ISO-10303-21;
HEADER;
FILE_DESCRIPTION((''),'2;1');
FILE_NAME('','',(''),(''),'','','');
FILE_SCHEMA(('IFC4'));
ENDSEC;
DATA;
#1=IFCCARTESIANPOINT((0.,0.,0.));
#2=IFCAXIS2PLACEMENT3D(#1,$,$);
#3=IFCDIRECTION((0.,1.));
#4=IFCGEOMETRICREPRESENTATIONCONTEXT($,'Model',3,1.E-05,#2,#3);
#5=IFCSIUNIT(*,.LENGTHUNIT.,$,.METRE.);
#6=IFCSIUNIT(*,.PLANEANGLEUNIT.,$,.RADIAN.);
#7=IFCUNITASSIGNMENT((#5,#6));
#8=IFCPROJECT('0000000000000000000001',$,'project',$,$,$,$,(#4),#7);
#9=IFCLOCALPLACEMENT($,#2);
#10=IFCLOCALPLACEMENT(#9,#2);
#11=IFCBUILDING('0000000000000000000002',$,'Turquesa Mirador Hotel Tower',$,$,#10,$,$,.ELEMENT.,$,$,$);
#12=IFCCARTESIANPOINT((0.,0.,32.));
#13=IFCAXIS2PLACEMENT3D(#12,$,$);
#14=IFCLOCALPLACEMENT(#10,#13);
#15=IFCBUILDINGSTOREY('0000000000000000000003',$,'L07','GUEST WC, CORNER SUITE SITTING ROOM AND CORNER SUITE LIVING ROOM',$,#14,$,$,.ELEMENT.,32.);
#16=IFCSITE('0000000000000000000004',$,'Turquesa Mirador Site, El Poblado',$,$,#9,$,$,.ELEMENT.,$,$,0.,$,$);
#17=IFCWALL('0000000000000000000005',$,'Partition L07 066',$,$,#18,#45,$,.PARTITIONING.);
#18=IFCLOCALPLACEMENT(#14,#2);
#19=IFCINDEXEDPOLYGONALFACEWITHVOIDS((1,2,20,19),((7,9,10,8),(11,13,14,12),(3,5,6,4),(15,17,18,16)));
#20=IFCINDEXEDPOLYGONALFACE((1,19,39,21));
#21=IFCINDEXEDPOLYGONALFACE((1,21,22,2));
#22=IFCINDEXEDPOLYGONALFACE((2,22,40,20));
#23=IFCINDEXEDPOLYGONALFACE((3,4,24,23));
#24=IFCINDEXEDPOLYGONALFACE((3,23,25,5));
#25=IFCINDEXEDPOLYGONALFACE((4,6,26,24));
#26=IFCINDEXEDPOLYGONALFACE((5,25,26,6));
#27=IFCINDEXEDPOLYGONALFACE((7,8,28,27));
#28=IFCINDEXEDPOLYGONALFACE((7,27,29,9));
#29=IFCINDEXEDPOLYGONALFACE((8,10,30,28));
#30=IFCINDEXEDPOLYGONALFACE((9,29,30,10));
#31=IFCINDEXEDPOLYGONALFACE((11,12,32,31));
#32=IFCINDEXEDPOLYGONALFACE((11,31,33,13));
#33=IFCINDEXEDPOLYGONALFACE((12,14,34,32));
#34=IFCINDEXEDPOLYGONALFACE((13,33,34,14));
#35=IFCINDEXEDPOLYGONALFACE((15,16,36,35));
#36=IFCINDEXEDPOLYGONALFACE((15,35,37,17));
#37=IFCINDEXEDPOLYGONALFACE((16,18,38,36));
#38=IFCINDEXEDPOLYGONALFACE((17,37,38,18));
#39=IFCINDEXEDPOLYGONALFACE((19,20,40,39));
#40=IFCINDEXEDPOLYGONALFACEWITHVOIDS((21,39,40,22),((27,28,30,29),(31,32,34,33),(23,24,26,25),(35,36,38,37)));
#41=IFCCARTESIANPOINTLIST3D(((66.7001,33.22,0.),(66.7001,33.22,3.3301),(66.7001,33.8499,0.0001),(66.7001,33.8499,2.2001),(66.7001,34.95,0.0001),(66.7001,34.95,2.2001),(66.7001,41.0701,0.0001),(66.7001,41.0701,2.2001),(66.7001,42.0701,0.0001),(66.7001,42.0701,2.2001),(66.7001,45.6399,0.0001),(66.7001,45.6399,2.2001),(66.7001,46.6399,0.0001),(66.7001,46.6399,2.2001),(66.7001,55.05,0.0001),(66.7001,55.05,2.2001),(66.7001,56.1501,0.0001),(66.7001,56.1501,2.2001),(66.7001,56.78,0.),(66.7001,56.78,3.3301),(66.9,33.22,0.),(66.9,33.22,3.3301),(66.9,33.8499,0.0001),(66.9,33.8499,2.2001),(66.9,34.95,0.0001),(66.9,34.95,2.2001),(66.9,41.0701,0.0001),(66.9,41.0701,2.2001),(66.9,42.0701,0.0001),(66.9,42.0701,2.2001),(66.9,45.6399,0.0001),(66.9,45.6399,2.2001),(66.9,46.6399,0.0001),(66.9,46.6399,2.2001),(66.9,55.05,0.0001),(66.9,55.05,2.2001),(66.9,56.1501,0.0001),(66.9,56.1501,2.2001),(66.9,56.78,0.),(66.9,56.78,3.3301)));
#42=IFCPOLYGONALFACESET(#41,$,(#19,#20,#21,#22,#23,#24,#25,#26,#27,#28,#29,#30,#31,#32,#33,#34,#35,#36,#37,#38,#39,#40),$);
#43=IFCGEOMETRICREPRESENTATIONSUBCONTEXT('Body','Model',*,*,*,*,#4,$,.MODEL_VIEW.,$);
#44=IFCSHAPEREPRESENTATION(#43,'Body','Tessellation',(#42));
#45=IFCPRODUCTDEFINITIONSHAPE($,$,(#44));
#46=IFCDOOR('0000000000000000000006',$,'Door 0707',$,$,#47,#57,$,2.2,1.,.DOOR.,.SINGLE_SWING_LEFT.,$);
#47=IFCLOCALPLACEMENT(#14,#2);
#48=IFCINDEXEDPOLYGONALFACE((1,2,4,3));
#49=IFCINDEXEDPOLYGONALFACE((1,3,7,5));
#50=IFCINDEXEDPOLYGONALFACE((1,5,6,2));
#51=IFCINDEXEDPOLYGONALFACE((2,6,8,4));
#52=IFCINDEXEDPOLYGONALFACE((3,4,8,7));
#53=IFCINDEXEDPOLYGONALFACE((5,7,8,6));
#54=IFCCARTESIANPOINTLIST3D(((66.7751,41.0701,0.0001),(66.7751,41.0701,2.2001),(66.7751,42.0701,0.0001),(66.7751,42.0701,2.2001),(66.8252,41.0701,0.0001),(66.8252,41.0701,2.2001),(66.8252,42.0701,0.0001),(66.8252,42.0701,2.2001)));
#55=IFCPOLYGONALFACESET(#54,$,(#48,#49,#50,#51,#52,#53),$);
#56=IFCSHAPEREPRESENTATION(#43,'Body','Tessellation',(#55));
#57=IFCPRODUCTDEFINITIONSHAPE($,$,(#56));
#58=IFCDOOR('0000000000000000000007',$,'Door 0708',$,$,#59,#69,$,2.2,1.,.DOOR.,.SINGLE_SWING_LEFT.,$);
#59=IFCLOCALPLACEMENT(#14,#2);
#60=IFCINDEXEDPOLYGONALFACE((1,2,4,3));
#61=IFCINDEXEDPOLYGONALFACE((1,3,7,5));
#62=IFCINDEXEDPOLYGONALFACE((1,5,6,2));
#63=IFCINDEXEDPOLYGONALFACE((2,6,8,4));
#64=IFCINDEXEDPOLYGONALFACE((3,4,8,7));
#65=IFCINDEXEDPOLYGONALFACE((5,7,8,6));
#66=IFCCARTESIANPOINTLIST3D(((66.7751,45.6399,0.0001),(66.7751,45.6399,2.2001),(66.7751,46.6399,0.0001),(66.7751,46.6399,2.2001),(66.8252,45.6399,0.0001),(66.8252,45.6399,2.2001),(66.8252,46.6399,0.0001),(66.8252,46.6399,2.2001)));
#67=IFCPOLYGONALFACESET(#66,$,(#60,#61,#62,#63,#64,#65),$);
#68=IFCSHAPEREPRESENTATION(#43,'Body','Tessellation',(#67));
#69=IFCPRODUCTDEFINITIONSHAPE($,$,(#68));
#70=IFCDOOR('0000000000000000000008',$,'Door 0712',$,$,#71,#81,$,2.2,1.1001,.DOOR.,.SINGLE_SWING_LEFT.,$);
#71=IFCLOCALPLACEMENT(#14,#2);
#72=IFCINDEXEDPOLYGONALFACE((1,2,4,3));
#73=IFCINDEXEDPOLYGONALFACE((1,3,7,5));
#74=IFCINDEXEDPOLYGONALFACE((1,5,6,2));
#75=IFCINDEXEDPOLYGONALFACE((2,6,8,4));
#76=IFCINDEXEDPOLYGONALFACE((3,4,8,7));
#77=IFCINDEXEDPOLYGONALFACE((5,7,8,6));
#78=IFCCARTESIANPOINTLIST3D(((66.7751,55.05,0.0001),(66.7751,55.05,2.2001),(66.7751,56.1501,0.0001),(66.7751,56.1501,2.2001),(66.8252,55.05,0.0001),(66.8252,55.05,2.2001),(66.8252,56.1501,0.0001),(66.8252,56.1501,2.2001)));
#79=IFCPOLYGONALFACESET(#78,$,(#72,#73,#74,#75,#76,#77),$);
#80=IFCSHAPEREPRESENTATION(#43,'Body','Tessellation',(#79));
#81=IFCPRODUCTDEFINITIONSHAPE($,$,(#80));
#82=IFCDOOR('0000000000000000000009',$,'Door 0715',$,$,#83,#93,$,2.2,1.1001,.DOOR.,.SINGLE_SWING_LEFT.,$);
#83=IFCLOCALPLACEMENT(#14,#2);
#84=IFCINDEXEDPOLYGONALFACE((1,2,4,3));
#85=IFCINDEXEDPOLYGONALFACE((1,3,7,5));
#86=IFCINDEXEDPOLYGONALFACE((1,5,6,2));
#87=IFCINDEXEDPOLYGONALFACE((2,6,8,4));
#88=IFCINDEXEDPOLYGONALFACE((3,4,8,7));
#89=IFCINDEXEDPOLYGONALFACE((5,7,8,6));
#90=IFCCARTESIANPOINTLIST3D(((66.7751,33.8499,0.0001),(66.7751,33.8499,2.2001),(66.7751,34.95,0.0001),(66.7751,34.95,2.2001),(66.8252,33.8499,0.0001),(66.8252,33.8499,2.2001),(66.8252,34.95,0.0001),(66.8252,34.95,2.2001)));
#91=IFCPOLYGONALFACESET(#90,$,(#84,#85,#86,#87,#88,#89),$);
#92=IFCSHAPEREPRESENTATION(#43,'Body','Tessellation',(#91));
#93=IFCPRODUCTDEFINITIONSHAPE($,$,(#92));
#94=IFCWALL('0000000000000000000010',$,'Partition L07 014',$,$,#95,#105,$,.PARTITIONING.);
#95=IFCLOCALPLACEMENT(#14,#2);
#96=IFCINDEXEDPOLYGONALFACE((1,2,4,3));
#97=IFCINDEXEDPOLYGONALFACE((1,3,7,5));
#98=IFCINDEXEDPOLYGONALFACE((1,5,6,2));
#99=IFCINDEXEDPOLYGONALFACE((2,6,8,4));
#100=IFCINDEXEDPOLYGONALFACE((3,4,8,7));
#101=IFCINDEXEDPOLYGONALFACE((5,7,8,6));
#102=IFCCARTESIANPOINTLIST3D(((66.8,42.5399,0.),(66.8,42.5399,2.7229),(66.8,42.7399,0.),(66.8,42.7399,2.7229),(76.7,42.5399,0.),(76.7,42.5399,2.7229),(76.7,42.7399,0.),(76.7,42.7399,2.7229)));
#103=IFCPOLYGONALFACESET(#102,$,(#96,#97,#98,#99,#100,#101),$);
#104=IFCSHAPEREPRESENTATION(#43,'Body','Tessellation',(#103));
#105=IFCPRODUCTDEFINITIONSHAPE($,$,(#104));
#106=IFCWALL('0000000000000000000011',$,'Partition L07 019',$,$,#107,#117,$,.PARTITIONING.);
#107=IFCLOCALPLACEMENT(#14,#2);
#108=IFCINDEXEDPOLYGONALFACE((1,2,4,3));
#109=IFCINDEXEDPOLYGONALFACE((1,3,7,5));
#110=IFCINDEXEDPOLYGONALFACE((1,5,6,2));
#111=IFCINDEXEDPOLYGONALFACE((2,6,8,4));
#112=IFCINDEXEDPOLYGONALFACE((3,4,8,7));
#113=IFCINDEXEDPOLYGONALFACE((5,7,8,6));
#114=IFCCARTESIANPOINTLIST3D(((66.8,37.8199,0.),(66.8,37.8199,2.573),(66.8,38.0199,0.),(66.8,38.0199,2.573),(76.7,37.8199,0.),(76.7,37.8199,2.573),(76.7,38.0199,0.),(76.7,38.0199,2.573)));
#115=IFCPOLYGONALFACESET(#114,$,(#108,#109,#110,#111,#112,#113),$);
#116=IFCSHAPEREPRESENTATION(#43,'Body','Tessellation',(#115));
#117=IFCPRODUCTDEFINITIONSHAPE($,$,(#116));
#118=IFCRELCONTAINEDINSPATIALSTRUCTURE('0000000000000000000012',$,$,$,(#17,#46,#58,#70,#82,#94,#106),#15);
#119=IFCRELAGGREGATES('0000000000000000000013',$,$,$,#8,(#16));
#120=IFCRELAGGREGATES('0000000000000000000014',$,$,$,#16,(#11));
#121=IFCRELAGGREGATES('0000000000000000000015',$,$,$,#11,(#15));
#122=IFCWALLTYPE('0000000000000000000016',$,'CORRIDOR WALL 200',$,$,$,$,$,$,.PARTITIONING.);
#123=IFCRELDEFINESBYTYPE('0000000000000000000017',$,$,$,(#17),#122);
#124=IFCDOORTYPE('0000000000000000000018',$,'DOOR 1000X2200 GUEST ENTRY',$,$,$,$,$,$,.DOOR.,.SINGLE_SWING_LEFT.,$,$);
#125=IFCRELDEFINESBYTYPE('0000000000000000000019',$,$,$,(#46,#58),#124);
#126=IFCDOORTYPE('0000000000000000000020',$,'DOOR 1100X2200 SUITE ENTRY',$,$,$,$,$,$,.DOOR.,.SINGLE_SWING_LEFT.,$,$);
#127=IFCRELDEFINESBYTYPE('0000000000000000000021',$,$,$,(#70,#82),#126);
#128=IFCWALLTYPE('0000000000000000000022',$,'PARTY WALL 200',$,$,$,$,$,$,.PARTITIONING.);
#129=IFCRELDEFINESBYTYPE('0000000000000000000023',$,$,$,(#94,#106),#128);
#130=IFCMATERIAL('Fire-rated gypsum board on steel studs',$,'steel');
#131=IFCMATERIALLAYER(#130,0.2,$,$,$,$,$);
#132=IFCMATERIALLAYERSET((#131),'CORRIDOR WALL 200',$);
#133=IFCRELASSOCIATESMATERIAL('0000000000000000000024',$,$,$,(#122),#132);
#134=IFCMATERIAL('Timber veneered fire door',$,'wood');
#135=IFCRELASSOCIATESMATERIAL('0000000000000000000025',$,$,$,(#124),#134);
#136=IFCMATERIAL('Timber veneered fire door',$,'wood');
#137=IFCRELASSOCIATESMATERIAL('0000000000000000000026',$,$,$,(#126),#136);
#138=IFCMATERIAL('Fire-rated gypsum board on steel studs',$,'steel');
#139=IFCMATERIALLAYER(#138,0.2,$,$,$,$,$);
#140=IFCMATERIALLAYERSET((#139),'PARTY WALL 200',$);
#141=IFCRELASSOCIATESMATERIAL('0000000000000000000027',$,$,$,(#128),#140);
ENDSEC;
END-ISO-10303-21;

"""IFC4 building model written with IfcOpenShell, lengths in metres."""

from ifc_helpers import new_model, si_unit, direction, frame, frame_2d, origin, place, context, subcontext, project, spatial, rectangle, extrude, material, layer, layer_set, type_object, element, fill, save


model = new_model("IFC4")

# Units and contexts
model_context = context("Model", 3, precision=1e-05, world=origin(), true_north=direction((0.0, 1.0)))
body_context = subcontext(model_context, "Body", "Model", "MODEL_VIEW")
ifc_project = project(units=[si_unit("LENGTHUNIT", "METRE"), si_unit("PLANEANGLEUNIT", "RADIAN")], contexts=[model_context])

# Site, building, storey
site_placement = place(None, origin())
site = spatial("IfcSite", under=ifc_project, at=site_placement, Name="Turquesa Mirador Site, El Poblado", CompositionType="ELEMENT", RefElevation=0.0)
building_placement = place(site_placement, origin())
building = spatial("IfcBuilding", under=site, at=building_placement, Name="Turquesa Mirador Hotel Tower", CompositionType="ELEMENT")
storey_placement = place(building_placement, frame((0.0, 0.0, 32.0)))
storey = spatial("IfcBuildingStorey", under=building, at=storey_placement, Name="L07", Description="GUEST WC, CORNER SUITE SITTING ROOM AND CORNER SUITE LIVING ROOM", CompositionType="ELEMENT", Elevation=32.0)

# Wall, openings, doors
ifc_material_1 = material(Name="Fire-rated gypsum board on steel studs", Category="steel")
ifc_layer_1 = layer(ifc_material_1, 0.2)
ifc_layer_set_1 = layer_set([ifc_layer_1], Name="CORRIDOR WALL 200")
wall_type_1 = type_object("IfcWallType", Name="CORRIDOR WALL 200", PredefinedType="PARTITIONING", material=ifc_layer_set_1)
wall_1_placement = place(storey_placement, frame((66.8, 33.22, 0.0), z_axis=(0.0, 0.0, 1.0), x_axis=(0.0, 1.0, 0.0)))
wall_1 = element("IfcWall", 1, at=wall_1_placement, inside=storey, type_object=wall_type_1, Name="Partition L07 066", PredefinedType="PARTITIONING", context=body_context, shape_type="SweptSolid", body=[
    extrude(rectangle(XDim=23.5601, YDim=0.2, at=frame_2d((11.78, 0.0))), origin(), (0.0, 0.0, 1.0), 3.3301),
])
opening_1_placement = place(wall_1_placement, frame((7.8501, 0.0, 0.0)))
opening_1 = element("IfcOpeningElement", 2, at=opening_1_placement, cuts=wall_1, PredefinedType="OPENING", context=body_context, shape_type="SweptSolid", body=[
    extrude(rectangle(XDim=1.0, YDim=2.2, at=frame_2d((0.5, 1.1001))), frame((0.0, 0.1099, 0.0), z_axis=(0.0, -1.0, 0.0), x_axis=(1.0, 0.0, 0.0)), (0.0, 0.0, 1.0), 0.22),
])
opening_2_placement = place(wall_1_placement, frame((12.4199, 0.0, 0.0)))
opening_2 = element("IfcOpeningElement", 3, at=opening_2_placement, cuts=wall_1, PredefinedType="OPENING", context=body_context, shape_type="SweptSolid", body=[
    extrude(rectangle(XDim=1.0, YDim=2.2, at=frame_2d((0.5, 1.1001))), frame((0.0, 0.1099, 0.0), z_axis=(0.0, -1.0, 0.0), x_axis=(1.0, 0.0, 0.0)), (0.0, 0.0, 1.0), 0.22),
])
opening_3_placement = place(wall_1_placement, frame((21.8301, 0.0, 0.0)))
opening_3 = element("IfcOpeningElement", 4, at=opening_3_placement, cuts=wall_1, PredefinedType="OPENING", context=body_context, shape_type="SweptSolid", body=[
    extrude(rectangle(XDim=1.1001, YDim=2.2, at=frame_2d((0.55, 1.1001))), frame((0.0, 0.1099, 0.0), z_axis=(0.0, -1.0, 0.0), x_axis=(1.0, 0.0, 0.0)), (0.0, 0.0, 1.0), 0.22),
])
opening_4_placement = place(wall_1_placement, frame((0.6299, 0.0, 0.0)))
opening_4 = element("IfcOpeningElement", 5, at=opening_4_placement, cuts=wall_1, PredefinedType="OPENING", context=body_context, shape_type="SweptSolid", body=[
    extrude(rectangle(XDim=1.1001, YDim=2.2, at=frame_2d((0.55, 1.1001))), frame((0.0, 0.1099, 0.0), z_axis=(0.0, -1.0, 0.0), x_axis=(1.0, 0.0, 0.0)), (0.0, 0.0, 1.0), 0.22),
])
ifc_material_2 = material(Name="Timber veneered fire door", Category="wood")
door_type_1 = type_object("IfcDoorType", Name="DOOR 1000X2200 GUEST ENTRY", OperationType="SINGLE_SWING_LEFT", PredefinedType="DOOR", material=ifc_material_2)
door_1_placement = place(opening_1_placement, origin())
door_1 = element("IfcDoor", 6, at=door_1_placement, inside=storey, type_object=door_type_1, Name="Door 0707", OperationType="SINGLE_SWING_LEFT", OverallHeight=2.2, OverallWidth=1.0, PredefinedType="DOOR", context=body_context, shape_type="SweptSolid", body=[
    extrude(rectangle(XDim=1.0, YDim=2.2, at=frame_2d((0.5, 1.1001))), frame((0.0, 0.0249, 0.0), z_axis=(0.0, -1.0, 0.0), x_axis=(1.0, 0.0, 0.0)), (0.0, 0.0, 1.0), 0.05),
])
fill(opening_1, door_1)
door_2_placement = place(opening_2_placement, origin())
door_2 = element("IfcDoor", 7, at=door_2_placement, inside=storey, type_object=door_type_1, Name="Door 0708", OperationType="SINGLE_SWING_LEFT", OverallHeight=2.2, OverallWidth=1.0, PredefinedType="DOOR", context=body_context, shape_type="SweptSolid", body=[
    extrude(rectangle(XDim=1.0, YDim=2.2, at=frame_2d((0.5, 1.1001))), frame((0.0, 0.0249, 0.0), z_axis=(0.0, -1.0, 0.0), x_axis=(1.0, 0.0, 0.0)), (0.0, 0.0, 1.0), 0.05),
])
fill(opening_2, door_2)
ifc_material_3 = material(Name="Timber veneered fire door", Category="wood")
door_type_2 = type_object("IfcDoorType", Name="DOOR 1100X2200 SUITE ENTRY", OperationType="SINGLE_SWING_LEFT", PredefinedType="DOOR", material=ifc_material_3)
door_3_placement = place(opening_3_placement, origin())
door_3 = element("IfcDoor", 8, at=door_3_placement, inside=storey, type_object=door_type_2, Name="Door 0712", OperationType="SINGLE_SWING_LEFT", OverallHeight=2.2, OverallWidth=1.1001, PredefinedType="DOOR", context=body_context, shape_type="SweptSolid", body=[
    extrude(rectangle(XDim=1.1001, YDim=2.2, at=frame_2d((0.55, 1.1001))), frame((0.0, 0.0249, 0.0), z_axis=(0.0, -1.0, 0.0), x_axis=(1.0, 0.0, 0.0)), (0.0, 0.0, 1.0), 0.05),
])
fill(opening_3, door_3)
door_4_placement = place(opening_4_placement, origin())
door_4 = element("IfcDoor", 9, at=door_4_placement, inside=storey, type_object=door_type_2, Name="Door 0715", OperationType="SINGLE_SWING_LEFT", OverallHeight=2.2, OverallWidth=1.1001, PredefinedType="DOOR", context=body_context, shape_type="SweptSolid", body=[
    extrude(rectangle(XDim=1.1001, YDim=2.2, at=frame_2d((0.55, 1.1001))), frame((0.0, 0.0249, 0.0), z_axis=(0.0, -1.0, 0.0), x_axis=(1.0, 0.0, 0.0)), (0.0, 0.0, 1.0), 0.05),
])
fill(opening_4, door_4)

# Walls
ifc_material_4 = material(Name="Fire-rated gypsum board on steel studs", Category="steel")
ifc_layer_2 = layer(ifc_material_4, 0.2)
ifc_layer_set_2 = layer_set([ifc_layer_2], Name="PARTY WALL 200")
wall_type_2 = type_object("IfcWallType", Name="PARTY WALL 200", PredefinedType="PARTITIONING", material=ifc_layer_set_2)
wall_2_placement = place(storey_placement, frame((66.8, 42.6399, 0.0), z_axis=(0.0, 0.0, 1.0), x_axis=(1.0, 0.0, 0.0)))
element("IfcWall", 10, at=wall_2_placement, inside=storey, type_object=wall_type_2, Name="Partition L07 014", PredefinedType="PARTITIONING", context=body_context, shape_type="SweptSolid", body=[
    extrude(rectangle(XDim=9.8999, YDim=0.2, at=frame_2d((4.95, 0.0))), origin(), (0.0, 0.0, 1.0), 2.7229),
])
wall_3_placement = place(storey_placement, frame((66.8, 37.9199, 0.0), z_axis=(0.0, 0.0, 1.0), x_axis=(1.0, 0.0, 0.0)))
element("IfcWall", 11, at=wall_3_placement, inside=storey, type_object=wall_type_2, Name="Partition L07 019", PredefinedType="PARTITIONING", context=body_context, shape_type="SweptSolid", body=[
    extrude(rectangle(XDim=9.8999, YDim=0.2, at=frame_2d((4.95, 0.0))), origin(), (0.0, 0.0, 1.0), 2.573),
])

save(model, "model.ifc")
